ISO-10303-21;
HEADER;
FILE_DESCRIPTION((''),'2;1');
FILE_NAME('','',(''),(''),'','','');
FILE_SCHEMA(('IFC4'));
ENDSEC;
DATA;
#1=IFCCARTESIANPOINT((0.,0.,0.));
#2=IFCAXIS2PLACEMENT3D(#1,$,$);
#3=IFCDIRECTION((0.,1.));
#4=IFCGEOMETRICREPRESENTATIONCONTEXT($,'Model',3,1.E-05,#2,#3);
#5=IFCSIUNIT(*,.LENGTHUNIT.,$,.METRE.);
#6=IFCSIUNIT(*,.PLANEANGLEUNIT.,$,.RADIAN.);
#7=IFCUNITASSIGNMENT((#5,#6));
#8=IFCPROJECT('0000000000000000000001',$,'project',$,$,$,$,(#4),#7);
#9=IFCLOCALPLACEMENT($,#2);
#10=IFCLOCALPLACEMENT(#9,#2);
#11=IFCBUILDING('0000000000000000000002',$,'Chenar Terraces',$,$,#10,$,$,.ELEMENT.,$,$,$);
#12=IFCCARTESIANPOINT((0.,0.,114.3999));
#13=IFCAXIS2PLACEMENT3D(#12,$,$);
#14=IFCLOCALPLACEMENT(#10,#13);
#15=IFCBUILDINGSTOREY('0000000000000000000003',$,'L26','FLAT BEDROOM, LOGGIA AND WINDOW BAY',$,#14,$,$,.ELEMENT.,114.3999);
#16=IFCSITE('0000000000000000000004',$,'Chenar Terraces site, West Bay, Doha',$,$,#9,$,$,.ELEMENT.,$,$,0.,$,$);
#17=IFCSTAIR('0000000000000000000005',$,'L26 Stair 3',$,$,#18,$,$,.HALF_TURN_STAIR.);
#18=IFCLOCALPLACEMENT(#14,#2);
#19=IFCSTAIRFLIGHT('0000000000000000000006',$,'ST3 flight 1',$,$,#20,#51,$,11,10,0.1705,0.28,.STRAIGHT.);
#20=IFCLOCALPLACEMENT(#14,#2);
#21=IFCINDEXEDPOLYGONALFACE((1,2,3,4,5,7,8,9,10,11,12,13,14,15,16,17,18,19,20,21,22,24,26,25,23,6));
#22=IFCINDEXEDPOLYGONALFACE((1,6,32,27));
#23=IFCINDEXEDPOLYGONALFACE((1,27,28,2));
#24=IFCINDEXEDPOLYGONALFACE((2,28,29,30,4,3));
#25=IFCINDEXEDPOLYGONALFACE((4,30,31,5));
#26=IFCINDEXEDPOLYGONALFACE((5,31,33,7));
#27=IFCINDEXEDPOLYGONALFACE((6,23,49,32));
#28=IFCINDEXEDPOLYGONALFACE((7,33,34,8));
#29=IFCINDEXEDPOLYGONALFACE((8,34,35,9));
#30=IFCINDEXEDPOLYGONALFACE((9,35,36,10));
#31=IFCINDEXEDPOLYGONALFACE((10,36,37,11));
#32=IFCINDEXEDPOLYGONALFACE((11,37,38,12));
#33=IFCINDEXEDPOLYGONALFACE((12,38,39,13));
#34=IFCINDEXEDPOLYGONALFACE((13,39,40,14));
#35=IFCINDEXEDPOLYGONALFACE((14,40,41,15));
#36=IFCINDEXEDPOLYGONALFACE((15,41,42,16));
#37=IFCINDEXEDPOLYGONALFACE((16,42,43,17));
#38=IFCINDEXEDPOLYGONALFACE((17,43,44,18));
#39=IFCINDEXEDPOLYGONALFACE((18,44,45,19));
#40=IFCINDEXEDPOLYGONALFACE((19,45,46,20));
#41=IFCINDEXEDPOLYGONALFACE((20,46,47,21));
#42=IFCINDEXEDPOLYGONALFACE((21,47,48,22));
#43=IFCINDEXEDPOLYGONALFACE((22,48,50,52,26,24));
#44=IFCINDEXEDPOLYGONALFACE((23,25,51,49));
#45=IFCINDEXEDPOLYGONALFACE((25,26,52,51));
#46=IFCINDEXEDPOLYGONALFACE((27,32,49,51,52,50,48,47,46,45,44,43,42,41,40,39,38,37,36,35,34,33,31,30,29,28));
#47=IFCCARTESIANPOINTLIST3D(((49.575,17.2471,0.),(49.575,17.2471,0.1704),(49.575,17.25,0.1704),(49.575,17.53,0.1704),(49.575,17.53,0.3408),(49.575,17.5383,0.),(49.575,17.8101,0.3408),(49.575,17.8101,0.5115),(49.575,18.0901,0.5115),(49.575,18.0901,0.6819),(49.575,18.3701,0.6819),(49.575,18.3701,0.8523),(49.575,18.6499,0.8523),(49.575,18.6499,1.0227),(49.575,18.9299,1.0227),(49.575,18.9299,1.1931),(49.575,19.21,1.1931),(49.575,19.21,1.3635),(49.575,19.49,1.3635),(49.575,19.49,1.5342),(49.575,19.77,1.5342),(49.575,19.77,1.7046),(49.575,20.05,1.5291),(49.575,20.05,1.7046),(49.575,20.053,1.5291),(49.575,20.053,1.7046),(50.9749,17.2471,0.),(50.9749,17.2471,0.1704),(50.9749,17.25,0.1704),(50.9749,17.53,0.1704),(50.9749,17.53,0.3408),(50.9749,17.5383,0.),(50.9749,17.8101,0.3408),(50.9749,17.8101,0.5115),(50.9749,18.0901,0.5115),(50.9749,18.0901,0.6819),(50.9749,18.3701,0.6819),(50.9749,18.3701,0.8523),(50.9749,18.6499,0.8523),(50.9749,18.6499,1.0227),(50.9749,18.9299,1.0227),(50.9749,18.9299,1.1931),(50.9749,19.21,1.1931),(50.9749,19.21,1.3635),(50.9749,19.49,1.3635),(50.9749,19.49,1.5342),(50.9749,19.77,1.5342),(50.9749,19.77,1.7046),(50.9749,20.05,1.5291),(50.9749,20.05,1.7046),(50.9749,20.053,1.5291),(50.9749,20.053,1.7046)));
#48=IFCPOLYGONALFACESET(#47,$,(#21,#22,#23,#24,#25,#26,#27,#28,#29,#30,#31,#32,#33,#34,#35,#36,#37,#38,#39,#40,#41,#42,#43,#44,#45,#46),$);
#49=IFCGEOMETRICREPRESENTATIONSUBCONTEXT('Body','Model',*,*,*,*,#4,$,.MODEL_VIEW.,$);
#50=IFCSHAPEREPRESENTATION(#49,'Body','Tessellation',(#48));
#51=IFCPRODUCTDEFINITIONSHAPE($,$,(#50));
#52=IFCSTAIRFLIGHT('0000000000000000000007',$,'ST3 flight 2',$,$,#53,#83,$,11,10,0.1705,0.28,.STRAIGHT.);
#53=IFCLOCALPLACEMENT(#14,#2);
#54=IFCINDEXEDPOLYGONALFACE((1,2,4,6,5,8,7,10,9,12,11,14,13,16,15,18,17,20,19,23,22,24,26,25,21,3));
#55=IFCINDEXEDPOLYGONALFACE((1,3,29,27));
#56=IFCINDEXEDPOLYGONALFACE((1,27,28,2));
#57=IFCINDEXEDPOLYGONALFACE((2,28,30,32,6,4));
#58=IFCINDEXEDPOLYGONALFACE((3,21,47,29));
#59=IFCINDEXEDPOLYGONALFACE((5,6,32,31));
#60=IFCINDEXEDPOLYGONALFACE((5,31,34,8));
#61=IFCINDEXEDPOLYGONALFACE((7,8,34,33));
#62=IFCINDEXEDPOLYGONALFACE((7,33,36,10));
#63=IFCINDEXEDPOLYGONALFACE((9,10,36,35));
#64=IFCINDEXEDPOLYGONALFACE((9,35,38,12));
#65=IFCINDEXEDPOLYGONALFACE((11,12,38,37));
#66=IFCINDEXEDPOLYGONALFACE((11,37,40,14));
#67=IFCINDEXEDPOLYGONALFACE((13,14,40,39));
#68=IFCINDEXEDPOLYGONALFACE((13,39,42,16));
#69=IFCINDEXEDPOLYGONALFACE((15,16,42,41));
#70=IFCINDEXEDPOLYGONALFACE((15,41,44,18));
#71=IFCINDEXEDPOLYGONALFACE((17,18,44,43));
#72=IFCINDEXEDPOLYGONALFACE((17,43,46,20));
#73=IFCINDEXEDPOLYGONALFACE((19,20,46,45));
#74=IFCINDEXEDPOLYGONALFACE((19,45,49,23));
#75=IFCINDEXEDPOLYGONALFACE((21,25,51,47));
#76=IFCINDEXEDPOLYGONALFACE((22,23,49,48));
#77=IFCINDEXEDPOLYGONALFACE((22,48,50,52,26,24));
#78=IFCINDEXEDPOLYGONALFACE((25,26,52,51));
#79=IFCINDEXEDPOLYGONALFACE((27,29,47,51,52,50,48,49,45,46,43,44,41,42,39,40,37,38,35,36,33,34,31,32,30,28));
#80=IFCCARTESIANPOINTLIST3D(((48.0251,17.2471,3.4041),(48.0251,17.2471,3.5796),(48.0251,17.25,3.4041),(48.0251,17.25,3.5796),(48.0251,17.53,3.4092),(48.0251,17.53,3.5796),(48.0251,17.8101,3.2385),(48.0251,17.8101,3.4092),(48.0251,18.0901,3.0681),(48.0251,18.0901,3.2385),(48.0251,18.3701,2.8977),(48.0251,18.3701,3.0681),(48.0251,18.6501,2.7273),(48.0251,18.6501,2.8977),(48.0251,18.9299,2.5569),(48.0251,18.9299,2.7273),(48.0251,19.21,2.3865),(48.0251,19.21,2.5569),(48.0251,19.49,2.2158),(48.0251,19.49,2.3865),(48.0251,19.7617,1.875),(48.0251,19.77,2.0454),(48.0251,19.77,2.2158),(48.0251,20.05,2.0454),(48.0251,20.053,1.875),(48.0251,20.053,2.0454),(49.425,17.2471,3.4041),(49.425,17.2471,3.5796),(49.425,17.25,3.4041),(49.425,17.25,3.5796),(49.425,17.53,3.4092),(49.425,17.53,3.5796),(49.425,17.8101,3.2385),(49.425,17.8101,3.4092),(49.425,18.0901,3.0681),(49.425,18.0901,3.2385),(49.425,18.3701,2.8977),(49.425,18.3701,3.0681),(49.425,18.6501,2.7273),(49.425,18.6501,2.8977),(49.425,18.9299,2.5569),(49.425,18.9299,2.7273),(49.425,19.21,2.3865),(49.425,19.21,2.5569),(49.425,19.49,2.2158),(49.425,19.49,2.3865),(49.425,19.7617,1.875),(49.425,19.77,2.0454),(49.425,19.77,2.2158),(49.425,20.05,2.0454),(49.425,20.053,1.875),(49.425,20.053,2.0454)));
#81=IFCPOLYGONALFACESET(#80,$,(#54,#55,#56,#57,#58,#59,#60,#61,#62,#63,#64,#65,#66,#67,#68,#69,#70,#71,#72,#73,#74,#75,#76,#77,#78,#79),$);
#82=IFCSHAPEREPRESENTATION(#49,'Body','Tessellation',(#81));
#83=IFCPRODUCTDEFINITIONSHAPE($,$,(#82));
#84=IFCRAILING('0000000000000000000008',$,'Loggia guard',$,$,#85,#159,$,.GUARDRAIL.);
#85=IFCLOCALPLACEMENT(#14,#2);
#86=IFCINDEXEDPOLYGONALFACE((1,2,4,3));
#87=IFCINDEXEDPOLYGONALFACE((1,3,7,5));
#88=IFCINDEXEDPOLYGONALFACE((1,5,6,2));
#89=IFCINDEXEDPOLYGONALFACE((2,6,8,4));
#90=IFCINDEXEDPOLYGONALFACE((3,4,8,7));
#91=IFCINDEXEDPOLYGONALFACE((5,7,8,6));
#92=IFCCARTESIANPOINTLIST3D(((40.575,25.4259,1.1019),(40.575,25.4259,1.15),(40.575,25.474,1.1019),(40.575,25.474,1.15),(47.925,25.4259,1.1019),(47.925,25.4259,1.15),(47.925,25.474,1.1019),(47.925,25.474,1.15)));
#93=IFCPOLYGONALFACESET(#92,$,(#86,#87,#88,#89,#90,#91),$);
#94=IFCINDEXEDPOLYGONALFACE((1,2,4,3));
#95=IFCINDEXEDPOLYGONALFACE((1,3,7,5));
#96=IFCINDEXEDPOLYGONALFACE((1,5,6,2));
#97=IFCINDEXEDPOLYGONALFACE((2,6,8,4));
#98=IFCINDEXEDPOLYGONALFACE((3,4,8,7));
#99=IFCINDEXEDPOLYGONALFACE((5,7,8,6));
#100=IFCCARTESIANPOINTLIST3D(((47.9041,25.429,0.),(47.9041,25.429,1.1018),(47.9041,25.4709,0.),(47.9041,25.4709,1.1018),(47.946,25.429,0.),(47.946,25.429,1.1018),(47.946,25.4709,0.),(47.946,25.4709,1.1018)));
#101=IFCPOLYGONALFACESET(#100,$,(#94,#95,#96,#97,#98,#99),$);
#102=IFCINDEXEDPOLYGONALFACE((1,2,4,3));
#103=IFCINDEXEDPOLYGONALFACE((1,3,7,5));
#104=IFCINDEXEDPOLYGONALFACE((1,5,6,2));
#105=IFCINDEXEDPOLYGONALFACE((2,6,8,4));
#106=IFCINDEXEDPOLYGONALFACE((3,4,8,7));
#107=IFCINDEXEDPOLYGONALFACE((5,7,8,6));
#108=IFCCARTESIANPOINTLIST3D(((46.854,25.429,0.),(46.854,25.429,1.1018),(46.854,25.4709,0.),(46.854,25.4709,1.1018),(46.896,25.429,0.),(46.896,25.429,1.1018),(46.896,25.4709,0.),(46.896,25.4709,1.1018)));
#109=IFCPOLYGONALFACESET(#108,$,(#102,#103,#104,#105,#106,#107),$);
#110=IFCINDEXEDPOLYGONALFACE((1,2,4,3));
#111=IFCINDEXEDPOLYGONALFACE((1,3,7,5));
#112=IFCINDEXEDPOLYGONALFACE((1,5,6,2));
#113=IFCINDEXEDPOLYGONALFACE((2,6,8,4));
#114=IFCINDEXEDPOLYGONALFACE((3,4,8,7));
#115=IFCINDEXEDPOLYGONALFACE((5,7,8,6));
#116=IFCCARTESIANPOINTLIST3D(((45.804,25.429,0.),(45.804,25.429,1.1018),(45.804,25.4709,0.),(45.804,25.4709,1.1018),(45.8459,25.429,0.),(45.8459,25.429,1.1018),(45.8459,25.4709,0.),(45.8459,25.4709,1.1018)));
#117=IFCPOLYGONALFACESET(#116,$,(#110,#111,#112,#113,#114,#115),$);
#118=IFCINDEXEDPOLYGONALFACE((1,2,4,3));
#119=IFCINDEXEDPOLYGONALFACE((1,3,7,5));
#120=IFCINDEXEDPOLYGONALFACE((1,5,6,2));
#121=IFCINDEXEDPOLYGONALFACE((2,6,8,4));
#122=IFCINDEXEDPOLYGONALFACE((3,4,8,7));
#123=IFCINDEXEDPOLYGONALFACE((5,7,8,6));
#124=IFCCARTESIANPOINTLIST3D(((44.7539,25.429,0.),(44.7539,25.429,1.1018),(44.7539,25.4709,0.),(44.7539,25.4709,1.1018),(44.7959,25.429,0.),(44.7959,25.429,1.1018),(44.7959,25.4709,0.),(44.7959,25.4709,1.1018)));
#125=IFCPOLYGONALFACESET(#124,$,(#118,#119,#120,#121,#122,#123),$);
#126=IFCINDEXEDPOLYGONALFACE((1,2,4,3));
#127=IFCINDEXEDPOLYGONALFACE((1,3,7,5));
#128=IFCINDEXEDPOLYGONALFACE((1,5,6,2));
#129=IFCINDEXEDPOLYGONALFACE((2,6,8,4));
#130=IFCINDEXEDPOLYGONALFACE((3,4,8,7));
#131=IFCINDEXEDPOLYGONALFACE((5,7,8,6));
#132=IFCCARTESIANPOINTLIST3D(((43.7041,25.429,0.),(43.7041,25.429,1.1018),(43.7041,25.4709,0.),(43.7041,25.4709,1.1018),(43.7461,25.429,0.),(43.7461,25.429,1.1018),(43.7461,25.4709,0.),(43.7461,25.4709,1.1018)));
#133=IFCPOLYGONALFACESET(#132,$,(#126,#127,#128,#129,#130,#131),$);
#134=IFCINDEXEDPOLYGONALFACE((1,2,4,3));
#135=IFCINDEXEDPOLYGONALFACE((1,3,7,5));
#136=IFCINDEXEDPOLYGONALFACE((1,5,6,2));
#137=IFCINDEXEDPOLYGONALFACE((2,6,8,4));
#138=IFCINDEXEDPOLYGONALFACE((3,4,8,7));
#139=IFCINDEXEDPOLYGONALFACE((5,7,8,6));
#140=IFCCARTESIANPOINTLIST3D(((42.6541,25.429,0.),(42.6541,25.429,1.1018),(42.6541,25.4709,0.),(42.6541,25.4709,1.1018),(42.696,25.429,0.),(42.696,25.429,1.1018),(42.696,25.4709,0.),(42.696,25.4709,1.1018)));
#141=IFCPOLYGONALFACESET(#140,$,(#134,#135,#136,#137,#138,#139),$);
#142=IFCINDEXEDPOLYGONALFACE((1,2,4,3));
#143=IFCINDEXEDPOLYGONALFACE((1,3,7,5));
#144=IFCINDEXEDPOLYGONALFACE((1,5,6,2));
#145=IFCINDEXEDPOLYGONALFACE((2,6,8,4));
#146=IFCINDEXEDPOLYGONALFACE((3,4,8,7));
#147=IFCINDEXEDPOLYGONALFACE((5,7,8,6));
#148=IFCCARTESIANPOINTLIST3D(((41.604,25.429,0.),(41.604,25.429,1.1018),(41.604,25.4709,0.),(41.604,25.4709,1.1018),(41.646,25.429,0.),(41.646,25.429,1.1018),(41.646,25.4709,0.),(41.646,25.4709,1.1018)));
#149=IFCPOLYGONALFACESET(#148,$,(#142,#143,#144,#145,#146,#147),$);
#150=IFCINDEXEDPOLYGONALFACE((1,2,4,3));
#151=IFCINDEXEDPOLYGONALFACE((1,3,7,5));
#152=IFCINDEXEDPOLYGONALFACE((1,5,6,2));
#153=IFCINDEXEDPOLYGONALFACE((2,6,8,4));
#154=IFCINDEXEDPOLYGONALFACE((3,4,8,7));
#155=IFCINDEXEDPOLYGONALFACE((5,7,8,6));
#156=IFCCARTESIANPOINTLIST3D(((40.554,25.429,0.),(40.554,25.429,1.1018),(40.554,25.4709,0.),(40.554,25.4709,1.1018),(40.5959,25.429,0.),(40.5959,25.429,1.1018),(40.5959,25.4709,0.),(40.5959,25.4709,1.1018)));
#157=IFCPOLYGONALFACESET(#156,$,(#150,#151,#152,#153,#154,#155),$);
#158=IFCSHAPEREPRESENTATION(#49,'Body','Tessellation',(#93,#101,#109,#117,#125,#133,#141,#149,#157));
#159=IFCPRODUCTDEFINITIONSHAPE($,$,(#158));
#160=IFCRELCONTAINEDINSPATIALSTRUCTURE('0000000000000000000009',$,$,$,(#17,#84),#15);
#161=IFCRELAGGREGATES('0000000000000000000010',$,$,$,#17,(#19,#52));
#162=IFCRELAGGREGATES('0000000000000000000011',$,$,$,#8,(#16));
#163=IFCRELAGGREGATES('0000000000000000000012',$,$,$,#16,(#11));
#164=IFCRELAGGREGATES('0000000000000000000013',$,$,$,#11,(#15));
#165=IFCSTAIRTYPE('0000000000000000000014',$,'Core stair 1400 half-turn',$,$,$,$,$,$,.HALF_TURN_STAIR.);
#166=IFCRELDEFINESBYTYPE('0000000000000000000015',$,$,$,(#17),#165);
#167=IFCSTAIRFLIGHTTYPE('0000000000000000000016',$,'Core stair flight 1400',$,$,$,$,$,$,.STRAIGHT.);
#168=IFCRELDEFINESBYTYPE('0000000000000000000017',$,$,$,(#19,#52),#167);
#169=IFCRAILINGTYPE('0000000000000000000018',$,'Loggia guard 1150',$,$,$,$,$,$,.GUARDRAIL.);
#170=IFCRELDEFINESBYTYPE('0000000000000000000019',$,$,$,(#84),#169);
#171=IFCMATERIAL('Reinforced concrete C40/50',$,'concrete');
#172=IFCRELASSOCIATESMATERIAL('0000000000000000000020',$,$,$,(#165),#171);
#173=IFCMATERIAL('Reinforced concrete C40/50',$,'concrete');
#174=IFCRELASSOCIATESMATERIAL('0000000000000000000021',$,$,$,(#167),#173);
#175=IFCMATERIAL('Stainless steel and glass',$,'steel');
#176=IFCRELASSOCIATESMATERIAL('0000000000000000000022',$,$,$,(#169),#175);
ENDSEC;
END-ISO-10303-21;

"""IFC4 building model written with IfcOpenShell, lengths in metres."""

from ifc_helpers import new_model, si_unit, direction, frame, origin, origin_2d, place, context, subcontext, project, spatial, polyline, rectangle, outline, extrude, material, type_object, element, aggregate, save


model = new_model("IFC4")

# Units and contexts
model_context = context("Model", 3, precision=1e-05, world=origin(), true_north=direction((0.0, 1.0)))
body_context = subcontext(model_context, "Body", "Model", "MODEL_VIEW")
ifc_project = project(units=[si_unit("LENGTHUNIT", "METRE"), si_unit("PLANEANGLEUNIT", "RADIAN")], contexts=[model_context])

# Site, building, storey
site_placement = place(None, origin())
site = spatial("IfcSite", under=ifc_project, at=site_placement, Name="Chenar Terraces site, West Bay, Doha", CompositionType="ELEMENT", RefElevation=0.0)
building_placement = place(site_placement, origin())
building = spatial("IfcBuilding", under=site, at=building_placement, Name="Chenar Terraces", CompositionType="ELEMENT")
storey_placement = place(building_placement, frame((0.0, 0.0, 114.3999)))
storey = spatial("IfcBuildingStorey", under=building, at=storey_placement, Name="L26", Description="FLAT BEDROOM, LOGGIA AND WINDOW BAY", CompositionType="ELEMENT", Elevation=114.3999)

# Stair, stair flights
ifc_material_1 = material(Name="Reinforced concrete C40/50", Category="concrete")
stair_type = type_object("IfcStairType", Name="Core stair 1400 half-turn", PredefinedType="HALF_TURN_STAIR", material=ifc_material_1)
stair_placement = place(storey_placement, origin())
stair = element("IfcStair", 1, at=stair_placement, inside=storey, type_object=stair_type, Name="L26 Stair 3", PredefinedType="HALF_TURN_STAIR")
ifc_material_2 = material(Name="Reinforced concrete C40/50", Category="concrete")
stair_flight_type = type_object("IfcStairFlightType", Name="Core stair flight 1400", PredefinedType="STRAIGHT", material=ifc_material_2)
stair_flight_1_placement = place(storey_placement, frame((50.2749, 17.25, 0.0), z_axis=(0.0, 0.0, 1.0), x_axis=(0.0, 1.0, 0.0)))
stair_flight_1 = element("IfcStairFlight", 2, at=stair_flight_1_placement, type_object=stair_flight_type, Name="ST3 flight 1", NumberOfRisers=11, NumberOfTreads=10, PredefinedType="STRAIGHT", RiserHeight=0.1705, TreadLength=0.28, context=body_context, shape_type="SweptSolid", body=[
    extrude(outline(polyline([(-0.0029, 0.0), (-0.0029, 0.1704), (0.0, 0.1704), (0.28, 0.1704), (0.28, 0.3408), (0.5601, 0.3408), (0.5601, 0.5115), (0.8401, 0.5115), (0.8401, 0.6819), (1.1201, 0.6819), (1.1201, 0.8523), (1.3999, 0.8523), (1.3999, 1.0227), (1.6799, 1.0227), (1.6799, 1.1931), (1.96, 1.1931), (1.96, 1.3635), (2.24, 1.3635), (2.24, 1.5342), (2.52, 1.5342), (2.52, 1.7046), (2.8, 1.7046), (2.803, 1.7046), (2.803, 1.5291), (2.8, 1.5291), (0.2883, 0.0), (-0.0029, 0.0)])), frame((0.0, 0.7, 0.0), z_axis=(0.0, -1.0, 0.0), x_axis=(1.0, 0.0, 0.0)), (0.0, 0.0, 1.0), 1.3999),
])
stair_flight_2_placement = place(storey_placement, frame((48.7251, 20.05, 1.875), z_axis=(0.0, 0.0, 1.0), x_axis=(0.0, -1.0, 0.0)))
stair_flight_2 = element("IfcStairFlight", 3, at=stair_flight_2_placement, type_object=stair_flight_type, Name="ST3 flight 2", NumberOfRisers=11, NumberOfTreads=10, PredefinedType="STRAIGHT", RiserHeight=0.1705, TreadLength=0.28, context=body_context, shape_type="SweptSolid", body=[
    extrude(outline(polyline([(-0.0029, 0.0), (-0.0029, 0.1704), (0.0, 0.1704), (0.28, 0.1704), (0.28, 0.3408), (0.5601, 0.3408), (0.5601, 0.5115), (0.8401, 0.5115), (0.8401, 0.6819), (1.1201, 0.6819), (1.1201, 0.8523), (1.3999, 0.8523), (1.3999, 1.0227), (1.6799, 1.0227), (1.6799, 1.1931), (1.96, 1.1931), (1.96, 1.3635), (2.24, 1.3635), (2.24, 1.5342), (2.52, 1.5342), (2.52, 1.7046), (2.8, 1.7046), (2.803, 1.7046), (2.803, 1.5291), (2.8, 1.5291), (0.2883, 0.0), (-0.0029, 0.0)])), frame((0.0, 0.7, 0.0), z_axis=(0.0, -1.0, 0.0), x_axis=(1.0, 0.0, 0.0)), (0.0, 0.0, 1.0), 1.3999),
])
aggregate(stair, [stair_flight_1, stair_flight_2])

# Railing
ifc_material_3 = material(Name="Stainless steel and glass", Category="steel")
railing_type_1 = type_object("IfcRailingType", Name="Loggia guard 1150", PredefinedType="GUARDRAIL", material=ifc_material_3)
railing_1_placement = place(storey_placement, frame((47.925, 25.45, 0.0)))
element("IfcRailing", 4, at=railing_1_placement, inside=storey, type_object=railing_type_1, Name="Loggia guard", PredefinedType="GUARDRAIL", context=body_context, shape_type="SweptSolid", body=[
    extrude(rectangle(XDim=0.0481, YDim=0.0481, at=origin_2d()), frame((0.0, 0.0, 1.126), z_axis=(-1.0, 0.0, 0.0), x_axis=(0.0, -1.0, 0.0)), (0.0, 0.0, 1.0), 7.3501),
    extrude(rectangle(XDim=0.042, YDim=0.042, at=origin_2d()), origin(), (0.0, 0.0, 1.0), 1.1018),
    extrude(rectangle(XDim=0.042, YDim=0.042, at=origin_2d()), frame((-1.05, 0.0, 0.0)), (0.0, 0.0, 1.0), 1.1018),
    extrude(rectangle(XDim=0.042, YDim=0.042, at=origin_2d()), frame((-2.1001, 0.0, 0.0)), (0.0, 0.0, 1.0), 1.1018),
    extrude(rectangle(XDim=0.042, YDim=0.042, at=origin_2d()), frame((-3.1501, 0.0, 0.0)), (0.0, 0.0, 1.0), 1.1018),
    extrude(rectangle(XDim=0.042, YDim=0.042, at=origin_2d()), frame((-4.2, 0.0, 0.0)), (0.0, 0.0, 1.0), 1.1018),
    extrude(rectangle(XDim=0.042, YDim=0.042, at=origin_2d()), frame((-5.25, 0.0, 0.0)), (0.0, 0.0, 1.0), 1.1018),
    extrude(rectangle(XDim=0.042, YDim=0.042, at=origin_2d()), frame((-6.3, 0.0, 0.0)), (0.0, 0.0, 1.0), 1.1018),
    extrude(rectangle(XDim=0.042, YDim=0.042, at=origin_2d()), frame((-7.3501, 0.0, 0.0)), (0.0, 0.0, 1.0), 1.1018),
])

save(model, "model.ifc")
